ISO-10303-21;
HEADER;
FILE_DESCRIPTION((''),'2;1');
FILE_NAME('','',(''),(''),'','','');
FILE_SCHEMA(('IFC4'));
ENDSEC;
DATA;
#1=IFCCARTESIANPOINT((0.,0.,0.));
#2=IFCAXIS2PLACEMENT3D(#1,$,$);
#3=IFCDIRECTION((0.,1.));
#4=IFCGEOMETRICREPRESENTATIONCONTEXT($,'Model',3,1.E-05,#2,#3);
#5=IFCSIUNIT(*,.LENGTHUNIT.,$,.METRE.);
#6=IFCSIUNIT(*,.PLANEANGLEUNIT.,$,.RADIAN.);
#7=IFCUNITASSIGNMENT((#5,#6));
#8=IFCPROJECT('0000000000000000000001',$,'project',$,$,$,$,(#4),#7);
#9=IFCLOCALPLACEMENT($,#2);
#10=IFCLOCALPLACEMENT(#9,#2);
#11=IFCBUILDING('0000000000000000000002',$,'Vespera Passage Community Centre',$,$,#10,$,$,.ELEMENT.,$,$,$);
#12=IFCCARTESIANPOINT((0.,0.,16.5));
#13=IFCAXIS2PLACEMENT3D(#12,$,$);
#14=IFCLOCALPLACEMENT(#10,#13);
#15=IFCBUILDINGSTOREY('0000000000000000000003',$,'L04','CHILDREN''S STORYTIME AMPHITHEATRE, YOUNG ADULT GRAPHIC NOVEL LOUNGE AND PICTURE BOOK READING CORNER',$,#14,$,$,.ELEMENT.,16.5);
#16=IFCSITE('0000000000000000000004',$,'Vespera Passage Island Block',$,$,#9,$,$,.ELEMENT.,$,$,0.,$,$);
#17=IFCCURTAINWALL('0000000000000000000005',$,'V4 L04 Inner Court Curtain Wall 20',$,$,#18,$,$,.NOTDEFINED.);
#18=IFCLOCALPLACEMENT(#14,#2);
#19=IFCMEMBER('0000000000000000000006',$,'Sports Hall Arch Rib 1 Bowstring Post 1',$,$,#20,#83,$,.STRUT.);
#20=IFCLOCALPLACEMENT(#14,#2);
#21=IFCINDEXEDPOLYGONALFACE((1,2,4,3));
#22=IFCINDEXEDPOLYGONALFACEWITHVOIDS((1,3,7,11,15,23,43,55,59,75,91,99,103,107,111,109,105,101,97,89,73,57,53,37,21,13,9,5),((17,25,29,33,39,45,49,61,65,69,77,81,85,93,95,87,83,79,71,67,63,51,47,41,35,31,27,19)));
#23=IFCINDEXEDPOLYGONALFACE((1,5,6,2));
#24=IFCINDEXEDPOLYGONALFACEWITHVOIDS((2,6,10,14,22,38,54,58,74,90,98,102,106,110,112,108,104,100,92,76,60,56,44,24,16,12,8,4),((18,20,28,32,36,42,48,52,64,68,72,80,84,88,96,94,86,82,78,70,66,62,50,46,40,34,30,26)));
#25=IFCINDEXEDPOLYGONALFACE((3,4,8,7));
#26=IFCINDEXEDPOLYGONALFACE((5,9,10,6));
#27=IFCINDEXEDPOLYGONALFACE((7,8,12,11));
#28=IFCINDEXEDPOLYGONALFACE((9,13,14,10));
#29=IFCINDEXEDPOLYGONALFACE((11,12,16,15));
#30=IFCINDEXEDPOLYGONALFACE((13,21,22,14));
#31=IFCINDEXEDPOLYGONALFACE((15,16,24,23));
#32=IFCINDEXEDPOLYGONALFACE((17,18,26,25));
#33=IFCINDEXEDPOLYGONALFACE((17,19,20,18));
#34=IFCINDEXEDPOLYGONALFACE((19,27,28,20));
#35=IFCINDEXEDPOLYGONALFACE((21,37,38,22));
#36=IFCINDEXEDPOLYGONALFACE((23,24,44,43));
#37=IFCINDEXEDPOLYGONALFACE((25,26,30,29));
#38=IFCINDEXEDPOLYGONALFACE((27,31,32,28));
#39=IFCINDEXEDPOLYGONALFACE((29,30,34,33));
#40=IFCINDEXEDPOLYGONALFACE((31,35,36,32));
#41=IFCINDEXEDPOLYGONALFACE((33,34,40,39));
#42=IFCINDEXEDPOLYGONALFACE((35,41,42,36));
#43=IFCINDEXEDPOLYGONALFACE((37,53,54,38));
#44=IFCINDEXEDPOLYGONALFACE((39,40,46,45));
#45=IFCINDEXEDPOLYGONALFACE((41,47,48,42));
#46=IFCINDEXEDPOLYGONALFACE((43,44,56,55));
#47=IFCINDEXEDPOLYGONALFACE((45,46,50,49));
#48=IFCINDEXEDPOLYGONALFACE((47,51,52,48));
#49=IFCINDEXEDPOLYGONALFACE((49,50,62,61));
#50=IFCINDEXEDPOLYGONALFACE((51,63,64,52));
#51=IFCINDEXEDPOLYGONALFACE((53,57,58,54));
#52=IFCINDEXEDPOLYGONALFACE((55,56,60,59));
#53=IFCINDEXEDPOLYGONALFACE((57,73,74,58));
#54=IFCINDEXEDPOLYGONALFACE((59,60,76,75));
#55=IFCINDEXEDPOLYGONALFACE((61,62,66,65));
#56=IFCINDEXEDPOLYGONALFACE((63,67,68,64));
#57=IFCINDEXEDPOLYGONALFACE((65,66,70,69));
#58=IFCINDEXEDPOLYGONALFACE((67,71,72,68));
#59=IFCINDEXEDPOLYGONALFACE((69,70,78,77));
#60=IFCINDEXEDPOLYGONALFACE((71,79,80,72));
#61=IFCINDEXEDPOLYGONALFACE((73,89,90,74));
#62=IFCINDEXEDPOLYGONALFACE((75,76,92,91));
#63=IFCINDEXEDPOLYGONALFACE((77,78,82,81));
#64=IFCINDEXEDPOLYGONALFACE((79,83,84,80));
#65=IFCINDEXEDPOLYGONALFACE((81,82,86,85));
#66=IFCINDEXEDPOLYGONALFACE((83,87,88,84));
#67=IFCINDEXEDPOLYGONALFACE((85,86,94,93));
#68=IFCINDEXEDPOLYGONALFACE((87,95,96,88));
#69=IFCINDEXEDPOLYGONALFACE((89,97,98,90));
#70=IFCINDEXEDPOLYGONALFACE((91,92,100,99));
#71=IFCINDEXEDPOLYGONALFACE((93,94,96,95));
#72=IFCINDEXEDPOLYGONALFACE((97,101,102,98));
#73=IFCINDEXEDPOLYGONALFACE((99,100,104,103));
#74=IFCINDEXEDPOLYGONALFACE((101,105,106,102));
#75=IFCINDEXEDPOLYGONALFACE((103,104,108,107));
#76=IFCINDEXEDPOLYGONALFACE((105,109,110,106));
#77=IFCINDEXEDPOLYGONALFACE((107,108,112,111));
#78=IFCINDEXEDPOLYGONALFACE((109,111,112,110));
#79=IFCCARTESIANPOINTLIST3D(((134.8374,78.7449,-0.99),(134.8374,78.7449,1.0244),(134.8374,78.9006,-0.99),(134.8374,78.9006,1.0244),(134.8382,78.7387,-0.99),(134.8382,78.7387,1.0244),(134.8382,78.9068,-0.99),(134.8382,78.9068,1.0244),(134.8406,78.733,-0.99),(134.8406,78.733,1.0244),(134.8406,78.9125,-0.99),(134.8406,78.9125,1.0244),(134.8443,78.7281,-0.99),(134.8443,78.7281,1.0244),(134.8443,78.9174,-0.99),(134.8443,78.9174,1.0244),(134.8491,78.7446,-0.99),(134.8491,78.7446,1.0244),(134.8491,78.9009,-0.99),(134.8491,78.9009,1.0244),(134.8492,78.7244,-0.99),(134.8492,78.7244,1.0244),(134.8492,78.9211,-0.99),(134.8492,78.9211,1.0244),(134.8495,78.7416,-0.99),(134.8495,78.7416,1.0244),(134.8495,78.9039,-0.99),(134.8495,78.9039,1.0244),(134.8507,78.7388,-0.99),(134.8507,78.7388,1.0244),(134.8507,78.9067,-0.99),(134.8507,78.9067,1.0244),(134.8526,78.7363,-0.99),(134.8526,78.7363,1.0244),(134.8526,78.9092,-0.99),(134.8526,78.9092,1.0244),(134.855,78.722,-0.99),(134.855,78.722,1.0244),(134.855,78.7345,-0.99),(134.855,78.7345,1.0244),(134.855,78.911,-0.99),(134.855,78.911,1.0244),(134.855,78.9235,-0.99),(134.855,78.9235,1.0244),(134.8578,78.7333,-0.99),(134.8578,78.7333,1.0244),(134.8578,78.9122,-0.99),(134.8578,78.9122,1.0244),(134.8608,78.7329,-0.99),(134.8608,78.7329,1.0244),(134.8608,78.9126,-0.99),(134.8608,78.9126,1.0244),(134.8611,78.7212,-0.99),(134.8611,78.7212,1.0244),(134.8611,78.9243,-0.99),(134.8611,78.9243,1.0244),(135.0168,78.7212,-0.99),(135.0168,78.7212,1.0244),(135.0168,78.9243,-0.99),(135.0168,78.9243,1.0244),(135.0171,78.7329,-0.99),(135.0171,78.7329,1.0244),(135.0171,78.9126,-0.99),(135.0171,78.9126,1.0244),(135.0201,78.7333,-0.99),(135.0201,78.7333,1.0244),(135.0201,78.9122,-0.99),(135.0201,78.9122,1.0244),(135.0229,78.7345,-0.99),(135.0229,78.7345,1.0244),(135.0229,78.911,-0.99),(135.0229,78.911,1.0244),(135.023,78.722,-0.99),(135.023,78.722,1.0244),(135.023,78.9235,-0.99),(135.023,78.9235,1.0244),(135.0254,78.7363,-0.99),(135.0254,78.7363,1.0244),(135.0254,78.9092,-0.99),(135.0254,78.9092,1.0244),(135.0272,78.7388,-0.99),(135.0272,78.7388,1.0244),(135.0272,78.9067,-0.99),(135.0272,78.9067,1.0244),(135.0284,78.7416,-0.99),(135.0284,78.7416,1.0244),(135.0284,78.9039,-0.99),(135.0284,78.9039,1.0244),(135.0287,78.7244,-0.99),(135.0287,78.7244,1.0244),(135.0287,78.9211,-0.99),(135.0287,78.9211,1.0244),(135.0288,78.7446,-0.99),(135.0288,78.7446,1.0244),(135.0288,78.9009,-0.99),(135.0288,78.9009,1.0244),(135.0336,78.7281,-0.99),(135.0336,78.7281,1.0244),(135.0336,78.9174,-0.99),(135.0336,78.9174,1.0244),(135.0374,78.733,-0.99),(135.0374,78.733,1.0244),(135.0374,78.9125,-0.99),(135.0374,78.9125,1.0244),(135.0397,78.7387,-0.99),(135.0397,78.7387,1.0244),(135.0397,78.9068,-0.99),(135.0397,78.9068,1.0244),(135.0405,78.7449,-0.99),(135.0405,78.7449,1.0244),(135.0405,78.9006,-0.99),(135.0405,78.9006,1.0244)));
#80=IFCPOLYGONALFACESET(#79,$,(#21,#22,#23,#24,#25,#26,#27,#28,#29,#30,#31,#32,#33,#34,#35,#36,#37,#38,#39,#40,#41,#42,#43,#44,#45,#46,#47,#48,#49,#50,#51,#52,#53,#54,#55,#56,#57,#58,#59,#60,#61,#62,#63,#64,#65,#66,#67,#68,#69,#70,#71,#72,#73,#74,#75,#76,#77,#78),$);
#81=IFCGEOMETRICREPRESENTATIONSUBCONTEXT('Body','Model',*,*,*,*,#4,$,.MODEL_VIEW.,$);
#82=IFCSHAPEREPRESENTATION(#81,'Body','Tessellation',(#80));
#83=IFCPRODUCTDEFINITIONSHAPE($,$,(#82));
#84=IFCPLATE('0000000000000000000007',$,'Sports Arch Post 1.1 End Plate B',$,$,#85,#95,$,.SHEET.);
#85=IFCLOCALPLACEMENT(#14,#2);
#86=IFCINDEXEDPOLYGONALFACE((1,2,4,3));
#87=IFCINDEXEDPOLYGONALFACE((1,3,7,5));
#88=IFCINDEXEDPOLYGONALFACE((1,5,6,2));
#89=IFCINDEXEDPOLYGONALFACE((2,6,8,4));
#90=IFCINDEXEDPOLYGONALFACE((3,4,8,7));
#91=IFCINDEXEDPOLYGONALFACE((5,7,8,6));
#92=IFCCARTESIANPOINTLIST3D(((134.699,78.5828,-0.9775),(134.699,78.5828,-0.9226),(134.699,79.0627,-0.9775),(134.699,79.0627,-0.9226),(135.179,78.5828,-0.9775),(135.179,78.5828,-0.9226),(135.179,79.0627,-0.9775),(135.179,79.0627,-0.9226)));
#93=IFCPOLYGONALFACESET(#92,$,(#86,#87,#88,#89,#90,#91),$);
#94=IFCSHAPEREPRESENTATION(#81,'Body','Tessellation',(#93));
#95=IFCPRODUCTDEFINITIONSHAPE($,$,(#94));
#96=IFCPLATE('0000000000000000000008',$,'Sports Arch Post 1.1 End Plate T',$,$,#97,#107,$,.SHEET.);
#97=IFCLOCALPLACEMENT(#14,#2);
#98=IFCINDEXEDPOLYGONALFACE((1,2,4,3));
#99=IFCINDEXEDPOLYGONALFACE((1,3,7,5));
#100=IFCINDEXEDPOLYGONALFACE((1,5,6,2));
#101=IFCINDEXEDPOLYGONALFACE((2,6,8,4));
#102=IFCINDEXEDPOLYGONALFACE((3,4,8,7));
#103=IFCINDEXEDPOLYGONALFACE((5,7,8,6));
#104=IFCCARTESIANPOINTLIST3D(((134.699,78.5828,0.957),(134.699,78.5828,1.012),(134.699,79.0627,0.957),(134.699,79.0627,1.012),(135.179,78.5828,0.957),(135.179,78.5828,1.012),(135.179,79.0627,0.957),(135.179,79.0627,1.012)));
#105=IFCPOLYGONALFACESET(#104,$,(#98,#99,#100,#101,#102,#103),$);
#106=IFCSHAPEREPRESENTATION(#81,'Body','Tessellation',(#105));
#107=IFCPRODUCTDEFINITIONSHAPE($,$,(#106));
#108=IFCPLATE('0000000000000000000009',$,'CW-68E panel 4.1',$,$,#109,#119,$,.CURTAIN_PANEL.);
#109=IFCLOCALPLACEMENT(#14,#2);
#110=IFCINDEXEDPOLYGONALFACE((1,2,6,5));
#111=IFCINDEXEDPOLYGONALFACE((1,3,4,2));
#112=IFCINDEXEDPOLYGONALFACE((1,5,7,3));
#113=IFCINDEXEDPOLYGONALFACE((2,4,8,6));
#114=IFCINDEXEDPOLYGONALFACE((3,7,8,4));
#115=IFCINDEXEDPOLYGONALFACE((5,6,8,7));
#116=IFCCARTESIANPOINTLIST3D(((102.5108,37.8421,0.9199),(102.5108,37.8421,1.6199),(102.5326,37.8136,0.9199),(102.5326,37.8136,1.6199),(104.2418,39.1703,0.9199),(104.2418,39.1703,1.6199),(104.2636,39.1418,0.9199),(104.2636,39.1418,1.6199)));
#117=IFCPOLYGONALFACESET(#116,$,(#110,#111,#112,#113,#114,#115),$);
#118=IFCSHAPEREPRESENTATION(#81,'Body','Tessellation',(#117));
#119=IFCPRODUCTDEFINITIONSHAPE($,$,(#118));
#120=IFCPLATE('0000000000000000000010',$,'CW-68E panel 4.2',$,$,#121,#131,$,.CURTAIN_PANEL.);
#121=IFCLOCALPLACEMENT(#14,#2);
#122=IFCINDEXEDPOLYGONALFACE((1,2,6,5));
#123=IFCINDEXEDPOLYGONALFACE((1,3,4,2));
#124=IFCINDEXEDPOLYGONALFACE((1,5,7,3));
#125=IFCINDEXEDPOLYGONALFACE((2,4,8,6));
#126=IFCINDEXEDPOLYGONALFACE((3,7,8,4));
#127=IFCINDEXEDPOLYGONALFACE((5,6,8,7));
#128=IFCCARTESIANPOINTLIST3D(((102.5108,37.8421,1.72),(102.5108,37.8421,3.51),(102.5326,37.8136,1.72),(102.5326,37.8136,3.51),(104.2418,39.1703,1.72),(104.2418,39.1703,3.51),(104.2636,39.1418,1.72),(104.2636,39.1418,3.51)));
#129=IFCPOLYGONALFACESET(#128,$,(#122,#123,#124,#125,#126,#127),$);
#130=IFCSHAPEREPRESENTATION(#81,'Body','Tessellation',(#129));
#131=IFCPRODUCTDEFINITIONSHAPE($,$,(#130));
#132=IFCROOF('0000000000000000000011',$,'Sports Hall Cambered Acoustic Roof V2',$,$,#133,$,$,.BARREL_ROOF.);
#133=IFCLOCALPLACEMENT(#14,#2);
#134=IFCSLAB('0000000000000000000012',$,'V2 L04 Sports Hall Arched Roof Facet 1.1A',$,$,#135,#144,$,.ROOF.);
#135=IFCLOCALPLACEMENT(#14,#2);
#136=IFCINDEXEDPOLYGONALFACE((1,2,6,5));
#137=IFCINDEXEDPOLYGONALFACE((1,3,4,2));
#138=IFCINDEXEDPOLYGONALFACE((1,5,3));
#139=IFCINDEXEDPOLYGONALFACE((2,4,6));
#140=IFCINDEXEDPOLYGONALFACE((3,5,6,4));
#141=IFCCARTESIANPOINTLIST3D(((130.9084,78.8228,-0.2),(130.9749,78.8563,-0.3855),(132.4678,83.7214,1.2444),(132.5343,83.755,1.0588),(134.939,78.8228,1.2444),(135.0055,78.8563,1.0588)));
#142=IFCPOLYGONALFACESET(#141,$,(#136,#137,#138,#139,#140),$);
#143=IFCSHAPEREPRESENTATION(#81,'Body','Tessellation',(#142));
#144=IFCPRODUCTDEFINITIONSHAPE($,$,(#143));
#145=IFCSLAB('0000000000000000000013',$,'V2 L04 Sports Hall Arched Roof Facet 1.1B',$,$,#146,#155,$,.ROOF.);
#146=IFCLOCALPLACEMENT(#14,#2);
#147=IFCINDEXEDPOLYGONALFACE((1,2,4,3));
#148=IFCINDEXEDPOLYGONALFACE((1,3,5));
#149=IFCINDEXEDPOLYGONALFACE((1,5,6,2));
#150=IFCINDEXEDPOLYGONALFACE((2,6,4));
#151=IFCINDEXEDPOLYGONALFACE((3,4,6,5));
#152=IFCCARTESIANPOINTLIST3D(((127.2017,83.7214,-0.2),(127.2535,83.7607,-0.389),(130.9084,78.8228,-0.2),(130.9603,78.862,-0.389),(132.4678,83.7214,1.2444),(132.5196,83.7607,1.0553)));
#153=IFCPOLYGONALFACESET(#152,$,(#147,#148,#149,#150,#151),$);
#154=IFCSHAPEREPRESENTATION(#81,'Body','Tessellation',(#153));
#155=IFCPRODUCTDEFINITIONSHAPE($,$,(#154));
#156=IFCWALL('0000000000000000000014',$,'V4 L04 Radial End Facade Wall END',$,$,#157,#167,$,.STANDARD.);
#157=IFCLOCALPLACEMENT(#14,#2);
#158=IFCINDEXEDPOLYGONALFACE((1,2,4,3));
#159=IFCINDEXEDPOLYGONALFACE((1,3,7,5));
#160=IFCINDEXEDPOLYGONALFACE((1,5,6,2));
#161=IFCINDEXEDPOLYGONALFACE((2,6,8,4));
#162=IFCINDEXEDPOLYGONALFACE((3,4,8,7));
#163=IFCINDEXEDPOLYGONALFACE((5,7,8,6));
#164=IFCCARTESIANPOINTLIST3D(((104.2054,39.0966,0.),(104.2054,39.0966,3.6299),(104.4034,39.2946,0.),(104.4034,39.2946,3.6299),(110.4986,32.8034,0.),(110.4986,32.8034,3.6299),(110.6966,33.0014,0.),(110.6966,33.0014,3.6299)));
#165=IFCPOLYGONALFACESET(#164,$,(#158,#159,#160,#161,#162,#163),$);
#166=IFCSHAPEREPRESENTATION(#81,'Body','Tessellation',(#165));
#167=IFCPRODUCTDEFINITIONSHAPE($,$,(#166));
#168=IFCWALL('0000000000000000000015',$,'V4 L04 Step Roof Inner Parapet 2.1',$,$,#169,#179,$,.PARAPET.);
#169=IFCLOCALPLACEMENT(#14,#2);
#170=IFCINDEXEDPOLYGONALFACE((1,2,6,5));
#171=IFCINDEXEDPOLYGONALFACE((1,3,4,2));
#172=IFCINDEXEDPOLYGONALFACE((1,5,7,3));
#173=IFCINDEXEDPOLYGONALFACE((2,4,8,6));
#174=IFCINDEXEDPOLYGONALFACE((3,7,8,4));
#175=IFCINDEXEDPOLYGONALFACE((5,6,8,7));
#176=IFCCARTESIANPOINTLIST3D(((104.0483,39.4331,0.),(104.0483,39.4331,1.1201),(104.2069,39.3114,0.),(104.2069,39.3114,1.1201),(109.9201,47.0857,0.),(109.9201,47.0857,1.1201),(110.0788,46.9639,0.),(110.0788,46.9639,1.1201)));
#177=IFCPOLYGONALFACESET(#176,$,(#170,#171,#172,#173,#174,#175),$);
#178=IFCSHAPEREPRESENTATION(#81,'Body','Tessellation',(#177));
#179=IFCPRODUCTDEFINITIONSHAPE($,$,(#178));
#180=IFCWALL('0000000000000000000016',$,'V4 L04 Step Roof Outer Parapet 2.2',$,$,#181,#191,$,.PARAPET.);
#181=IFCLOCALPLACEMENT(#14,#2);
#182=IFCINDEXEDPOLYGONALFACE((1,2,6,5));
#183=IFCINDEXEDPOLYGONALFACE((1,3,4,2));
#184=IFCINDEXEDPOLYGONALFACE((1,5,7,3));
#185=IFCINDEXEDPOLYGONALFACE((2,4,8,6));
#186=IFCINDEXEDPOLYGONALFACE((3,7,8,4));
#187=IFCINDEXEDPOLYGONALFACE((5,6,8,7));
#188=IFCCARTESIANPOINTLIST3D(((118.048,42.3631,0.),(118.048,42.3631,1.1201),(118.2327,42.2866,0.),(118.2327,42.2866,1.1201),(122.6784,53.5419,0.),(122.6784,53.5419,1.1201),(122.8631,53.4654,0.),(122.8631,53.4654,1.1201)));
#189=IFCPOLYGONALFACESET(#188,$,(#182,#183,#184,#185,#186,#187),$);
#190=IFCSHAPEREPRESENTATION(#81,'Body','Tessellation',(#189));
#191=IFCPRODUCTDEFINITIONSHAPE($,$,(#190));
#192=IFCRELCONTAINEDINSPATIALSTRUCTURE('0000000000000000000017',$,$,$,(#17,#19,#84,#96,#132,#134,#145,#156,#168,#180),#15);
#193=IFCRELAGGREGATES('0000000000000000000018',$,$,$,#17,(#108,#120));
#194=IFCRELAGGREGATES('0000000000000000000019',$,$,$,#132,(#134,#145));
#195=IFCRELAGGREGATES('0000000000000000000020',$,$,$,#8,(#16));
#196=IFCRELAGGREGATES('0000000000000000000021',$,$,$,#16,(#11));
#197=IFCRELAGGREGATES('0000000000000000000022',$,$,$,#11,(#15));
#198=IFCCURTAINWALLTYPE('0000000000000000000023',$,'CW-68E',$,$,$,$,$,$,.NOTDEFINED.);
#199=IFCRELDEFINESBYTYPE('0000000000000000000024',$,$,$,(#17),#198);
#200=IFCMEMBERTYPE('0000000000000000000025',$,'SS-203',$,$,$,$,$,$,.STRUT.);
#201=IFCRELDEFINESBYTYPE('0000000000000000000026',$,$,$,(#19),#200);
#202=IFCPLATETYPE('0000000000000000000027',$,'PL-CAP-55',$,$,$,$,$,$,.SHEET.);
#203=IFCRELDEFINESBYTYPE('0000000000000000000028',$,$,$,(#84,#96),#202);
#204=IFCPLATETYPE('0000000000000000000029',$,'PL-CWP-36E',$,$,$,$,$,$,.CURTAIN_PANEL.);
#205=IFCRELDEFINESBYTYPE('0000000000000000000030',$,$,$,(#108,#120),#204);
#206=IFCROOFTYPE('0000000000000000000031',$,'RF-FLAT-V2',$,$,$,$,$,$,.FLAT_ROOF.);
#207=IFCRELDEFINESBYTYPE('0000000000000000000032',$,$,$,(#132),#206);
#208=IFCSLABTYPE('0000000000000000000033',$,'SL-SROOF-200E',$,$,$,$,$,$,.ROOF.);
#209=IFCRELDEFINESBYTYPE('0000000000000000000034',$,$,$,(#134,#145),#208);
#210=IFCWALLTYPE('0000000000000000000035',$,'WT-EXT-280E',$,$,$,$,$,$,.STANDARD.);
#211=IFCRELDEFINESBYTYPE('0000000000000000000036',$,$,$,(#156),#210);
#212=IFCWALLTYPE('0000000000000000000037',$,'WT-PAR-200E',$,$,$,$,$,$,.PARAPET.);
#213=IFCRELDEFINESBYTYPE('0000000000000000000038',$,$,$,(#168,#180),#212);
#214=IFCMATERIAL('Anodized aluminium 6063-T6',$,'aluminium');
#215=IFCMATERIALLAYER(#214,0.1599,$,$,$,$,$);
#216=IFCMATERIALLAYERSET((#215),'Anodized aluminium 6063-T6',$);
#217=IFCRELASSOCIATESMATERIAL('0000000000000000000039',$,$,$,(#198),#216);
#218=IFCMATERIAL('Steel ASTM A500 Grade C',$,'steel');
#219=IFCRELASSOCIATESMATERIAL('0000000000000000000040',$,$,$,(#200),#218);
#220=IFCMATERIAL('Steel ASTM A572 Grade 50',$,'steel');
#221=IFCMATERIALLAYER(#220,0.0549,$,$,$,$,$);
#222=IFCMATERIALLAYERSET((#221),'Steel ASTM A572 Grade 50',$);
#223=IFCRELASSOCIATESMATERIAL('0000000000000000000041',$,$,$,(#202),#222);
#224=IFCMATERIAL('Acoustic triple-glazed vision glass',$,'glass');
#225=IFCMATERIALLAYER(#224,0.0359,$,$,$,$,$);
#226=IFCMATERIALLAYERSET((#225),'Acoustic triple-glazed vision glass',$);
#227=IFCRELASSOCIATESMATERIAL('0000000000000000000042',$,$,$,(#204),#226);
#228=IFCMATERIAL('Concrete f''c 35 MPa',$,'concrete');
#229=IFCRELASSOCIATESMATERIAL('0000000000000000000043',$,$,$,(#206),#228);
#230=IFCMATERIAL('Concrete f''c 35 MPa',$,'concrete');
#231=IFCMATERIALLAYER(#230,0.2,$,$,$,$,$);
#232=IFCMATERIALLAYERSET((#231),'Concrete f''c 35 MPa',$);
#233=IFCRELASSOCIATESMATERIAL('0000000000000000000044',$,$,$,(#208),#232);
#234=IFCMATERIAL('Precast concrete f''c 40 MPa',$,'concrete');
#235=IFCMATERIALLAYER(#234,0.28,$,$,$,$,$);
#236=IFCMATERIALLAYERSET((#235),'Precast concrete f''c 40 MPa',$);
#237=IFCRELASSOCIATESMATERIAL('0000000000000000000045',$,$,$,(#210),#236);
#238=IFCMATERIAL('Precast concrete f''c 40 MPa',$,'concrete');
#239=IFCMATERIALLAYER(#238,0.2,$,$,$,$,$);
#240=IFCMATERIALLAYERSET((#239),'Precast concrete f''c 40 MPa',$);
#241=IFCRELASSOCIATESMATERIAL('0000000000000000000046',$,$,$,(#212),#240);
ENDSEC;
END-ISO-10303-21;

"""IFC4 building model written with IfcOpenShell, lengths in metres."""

from ifc_helpers import new_model, si_unit, direction, frame, frame_2d, origin, origin_2d, place, context, subcontext, project, spatial, polyline, rectangle, hollow_rectangle, outline, extrude, material, layer, layer_set, material_profile, profile_set, type_object, element, aggregate, save


model = new_model("IFC4")

# Units and contexts
model_context = context("Model", 3, precision=1e-05, world=origin(), true_north=direction((0.0, 1.0)))
body_context = subcontext(model_context, "Body", "Model", "MODEL_VIEW")
ifc_project = project(units=[si_unit("LENGTHUNIT", "METRE"), si_unit("PLANEANGLEUNIT", "RADIAN")], contexts=[model_context])

# Site, building, storey
site_placement = place(None, origin())
site = spatial("IfcSite", under=ifc_project, at=site_placement, Name="Vespera Passage Island Block", CompositionType="ELEMENT", RefElevation=0.0)
building_placement = place(site_placement, origin())
building = spatial("IfcBuilding", under=site, at=building_placement, Name="Vespera Passage Community Centre", CompositionType="ELEMENT")
storey_placement = place(building_placement, frame((0.0, 0.0, 16.5)))
storey = spatial("IfcBuildingStorey", under=building, at=storey_placement, Name="L04", Description="CHILDREN'S STORYTIME AMPHITHEATRE, YOUNG ADULT GRAPHIC NOVEL LOUNGE AND PICTURE BOOK READING CORNER", CompositionType="ELEMENT", Elevation=16.5)

# Curtain wall
ifc_material_1 = material(Name="Anodized aluminium 6063-T6", Category="aluminium")
ifc_layer_1 = layer(ifc_material_1, 0.1599)
ifc_layer_set_1 = layer_set([ifc_layer_1], Name="Anodized aluminium 6063-T6")
curtain_wall_type = type_object("IfcCurtainWallType", Name="CW-68E", PredefinedType="NOTDEFINED", material=ifc_layer_set_1)
curtain_wall_placement = place(storey_placement, origin())
curtain_wall = element("IfcCurtainWall", 1, at=curtain_wall_placement, inside=storey, type_object=curtain_wall_type, Name="V4 L04 Inner Court Curtain Wall 20", PredefinedType="NOTDEFINED")

# Member
ifc_material_2 = material(Name="Steel ASTM A500 Grade C", Category="steel")
ifc_material_profile_1 = material_profile(ifc_material_2, hollow_rectangle(XDim=0.2031, YDim=0.2031, WallThickness=0.0117, InnerFilletRadius=0.0117, OuterFilletRadius=0.0237, at=origin_2d()), Name="HSS203X203X12.7")
ifc_profile_set_1 = profile_set([ifc_material_profile_1], Name="Steel ASTM A500 Grade C")
member_type_1 = type_object("IfcMemberType", Name="SS-203", PredefinedType="STRUT", material=ifc_profile_set_1)
member_1_placement = place(storey_placement, frame((134.939, 78.8228, -0.99), z_axis=(0.0, 0.0, 1.0), x_axis=(1.0, 0.0, 0.0)))
element("IfcMember", 2, at=member_1_placement, inside=storey, type_object=member_type_1, Name="Sports Hall Arch Rib 1 Bowstring Post 1", PredefinedType="STRUT", context=body_context, shape_type="SweptSolid", body=[
    extrude(hollow_rectangle(XDim=0.2031, YDim=0.2031, WallThickness=0.0117, InnerFilletRadius=0.0117, OuterFilletRadius=0.0237, at=origin_2d()), origin(), (0.0, 0.0, 1.0), 2.0144),
])

# Plates
ifc_material_3 = material(Name="Steel ASTM A572 Grade 50", Category="steel")
ifc_layer_2 = layer(ifc_material_3, 0.0549)
ifc_layer_set_2 = layer_set([ifc_layer_2], Name="Steel ASTM A572 Grade 50")
plate_type_1 = type_object("IfcPlateType", Name="PL-CAP-55", PredefinedType="SHEET", material=ifc_layer_set_2)
for number, where, z_axis, x_axis, name in (
    (3, (134.939, 78.8228, -0.9775), (0.0, 0.0, 1.0), (1.0, 0.0, 0.0), "Sports Arch Post 1.1 End Plate B"),
    (4, (134.939, 78.8228, 0.957), (0.0, 0.0, 1.0), (1.0, 0.0, 0.0), "Sports Arch Post 1.1 End Plate T"),
):
    element("IfcPlate", number, at=place(storey_placement, frame(where, z_axis=z_axis, x_axis=x_axis)), inside=storey, type_object=plate_type_1, Name=name, PredefinedType="SHEET", context=body_context, shape_type="SweptSolid", body=[
        extrude(rectangle(XDim=0.48, YDim=0.48, at=origin_2d()), origin(), (0.0, 0.0, 1.0), 0.0549),
    ])

# Plates
ifc_material_4 = material(Name="Acoustic triple-glazed vision glass", Category="glass")
ifc_layer_3 = layer(ifc_material_4, 0.0359)
ifc_layer_set_3 = layer_set([ifc_layer_3], Name="Acoustic triple-glazed vision glass")
plate_type_2 = type_object("IfcPlateType", Name="PL-CWP-36E", PredefinedType="CURTAIN_PANEL", material=ifc_layer_set_3)
plate_1_placement = place(storey_placement, frame((103.3872, 38.4919, 0.9199), z_axis=(0.0, 0.0, 1.0), x_axis=(0.793358, 0.608755, 0.0)))
plate_1 = element("IfcPlate", 5, at=plate_1_placement, type_object=plate_type_2, Name="CW-68E panel 4.1", PredefinedType="CURTAIN_PANEL", context=body_context, shape_type="SweptSolid", body=[
    extrude(rectangle(XDim=2.1819, YDim=0.0359, at=origin_2d()), origin(), (0.0, 0.0, 1.0), 0.7),
])
plate_2_placement = place(storey_placement, frame((103.3872, 38.4919, 1.72), z_axis=(0.0, 0.0, 1.0), x_axis=(0.793358, 0.608755, 0.0)))
plate_2 = element("IfcPlate", 6, at=plate_2_placement, type_object=plate_type_2, Name="CW-68E panel 4.2", PredefinedType="CURTAIN_PANEL", context=body_context, shape_type="SweptSolid", body=[
    extrude(rectangle(XDim=2.1819, YDim=0.0359, at=origin_2d()), origin(), (0.0, 0.0, 1.0), 1.79),
])
aggregate(curtain_wall, [plate_1, plate_2])

# Roof, slabs
ifc_material_5 = material(Name="Concrete f'c 35 MPa", Category="concrete")
roof_type = type_object("IfcRoofType", Name="RF-FLAT-V2", PredefinedType="FLAT_ROOF", material=ifc_material_5)
roof_placement = place(storey_placement, origin())
roof = element("IfcRoof", 7, at=roof_placement, inside=storey, type_object=roof_type, Name="Sports Hall Cambered Acoustic Roof V2", PredefinedType="BARREL_ROOF")
ifc_material_6 = material(Name="Concrete f'c 35 MPa", Category="concrete")
ifc_layer_4 = layer(ifc_material_6, 0.2)
ifc_layer_set_4 = layer_set([ifc_layer_4], Name="Concrete f'c 35 MPa")
slab_type = type_object("IfcSlabType", Name="SL-SROOF-200E", PredefinedType="ROOF", material=ifc_layer_set_4)
slab_1_placement = place(storey_placement, frame((130.9084, 78.8228, -0.2), z_axis=(-0.332563, -0.167765, 0.928039), x_axis=(0.941381, 0.0, 0.337344)))
slab_1 = element("IfcSlab", 8, at=slab_1_placement, inside=storey, type_object=slab_type, Name="V2 L04 Sports Hall Arched Roof Facet 1.1A", PredefinedType="ROOF", context=body_context, shape_type="SweptSolid", body=[
    extrude(outline(polyline([(0.0, 0.0), (4.2815, 0.0), (1.9552, 4.9691), (0.0, 0.0)])), origin(), (0.0, 0.0, -1.0), 0.2),
])
slab_2_placement = place(storey_placement, frame((130.9084, 78.8228, -0.2), z_axis=(-0.259358, -0.196254, 0.945631), x_axis=(0.292013, 0.917371, 0.270479)))
slab_2 = element("IfcSlab", 9, at=slab_2_placement, inside=storey, type_object=slab_type, Name="V2 L04 Sports Hall Arched Roof Facet 1.1B", PredefinedType="ROOF", context=body_context, shape_type="SweptSolid", body=[
    extrude(outline(polyline([(0.0, 0.0), (5.3399, 0.0), (3.4115, 5.1087), (0.0, 0.0)])), origin(), (0.0, 0.0, -1.0), 0.2),
])
aggregate(roof, [slab_1, slab_2])

# Walls
ifc_material_7 = material(Name="Precast concrete f'c 40 MPa", Category="concrete")
ifc_layer_5 = layer(ifc_material_7, 0.28)
ifc_layer_set_5 = layer_set([ifc_layer_5], Name="Precast concrete f'c 40 MPa")
wall_type_1 = type_object("IfcWallType", Name="WT-EXT-280E", PredefinedType="STANDARD", material=ifc_layer_set_5)
wall_1_placement = place(storey_placement, frame((104.3044, 39.1956, 0.0), z_axis=(0.0, 0.0, 1.0), x_axis=(0.707107, -0.707107, 0.0)))
element("IfcWall", 10, at=wall_1_placement, inside=storey, type_object=wall_type_1, Name="V4 L04 Radial End Facade Wall END", PredefinedType="STANDARD", context=body_context, shape_type="SweptSolid", body=[
    extrude(rectangle(XDim=8.8999, YDim=0.28, at=frame_2d((4.45, 0.0))), origin(), (0.0, 0.0, 1.0), 3.6299),
])
ifc_material_8 = material(Name="Precast concrete f'c 40 MPa", Category="concrete")
ifc_layer_6 = layer(ifc_material_8, 0.2)
ifc_layer_set_6 = layer_set([ifc_layer_6], Name="Precast concrete f'c 40 MPa")
wall_type_2 = type_object("IfcWallType", Name="WT-PAR-200E", PredefinedType="PARAPET", material=ifc_layer_set_6)
wall_2_placement = place(storey_placement, frame((104.1277, 39.3723, 0.0), z_axis=(0.0, 0.0, 1.0), x_axis=(0.608748, 0.793364, 0.0)))
element("IfcWall", 11, at=wall_2_placement, inside=storey, type_object=wall_type_2, Name="V4 L04 Step Roof Inner Parapet 2.1", PredefinedType="PARAPET", context=body_context, shape_type="SweptSolid", body=[
    extrude(rectangle(XDim=9.6458, YDim=0.2, at=frame_2d((4.8228, 0.0))), origin(), (0.0, 0.0, 1.0), 1.1201),
])
wall_3_placement = place(storey_placement, frame((118.1404, 42.325, 0.0), z_axis=(0.0, 0.0, 1.0), x_axis=(0.382683, 0.92388, 0.0)))
element("IfcWall", 12, at=wall_3_placement, inside=storey, type_object=wall_type_2, Name="V4 L04 Step Roof Outer Parapet 2.2", PredefinedType="PARAPET", context=body_context, shape_type="SweptSolid", body=[
    extrude(rectangle(XDim=12.0999, YDim=0.2, at=frame_2d((6.0498, 0.0))), origin(), (0.0, 0.0, 1.0), 1.1201),
])

save(model, "model.ifc")
